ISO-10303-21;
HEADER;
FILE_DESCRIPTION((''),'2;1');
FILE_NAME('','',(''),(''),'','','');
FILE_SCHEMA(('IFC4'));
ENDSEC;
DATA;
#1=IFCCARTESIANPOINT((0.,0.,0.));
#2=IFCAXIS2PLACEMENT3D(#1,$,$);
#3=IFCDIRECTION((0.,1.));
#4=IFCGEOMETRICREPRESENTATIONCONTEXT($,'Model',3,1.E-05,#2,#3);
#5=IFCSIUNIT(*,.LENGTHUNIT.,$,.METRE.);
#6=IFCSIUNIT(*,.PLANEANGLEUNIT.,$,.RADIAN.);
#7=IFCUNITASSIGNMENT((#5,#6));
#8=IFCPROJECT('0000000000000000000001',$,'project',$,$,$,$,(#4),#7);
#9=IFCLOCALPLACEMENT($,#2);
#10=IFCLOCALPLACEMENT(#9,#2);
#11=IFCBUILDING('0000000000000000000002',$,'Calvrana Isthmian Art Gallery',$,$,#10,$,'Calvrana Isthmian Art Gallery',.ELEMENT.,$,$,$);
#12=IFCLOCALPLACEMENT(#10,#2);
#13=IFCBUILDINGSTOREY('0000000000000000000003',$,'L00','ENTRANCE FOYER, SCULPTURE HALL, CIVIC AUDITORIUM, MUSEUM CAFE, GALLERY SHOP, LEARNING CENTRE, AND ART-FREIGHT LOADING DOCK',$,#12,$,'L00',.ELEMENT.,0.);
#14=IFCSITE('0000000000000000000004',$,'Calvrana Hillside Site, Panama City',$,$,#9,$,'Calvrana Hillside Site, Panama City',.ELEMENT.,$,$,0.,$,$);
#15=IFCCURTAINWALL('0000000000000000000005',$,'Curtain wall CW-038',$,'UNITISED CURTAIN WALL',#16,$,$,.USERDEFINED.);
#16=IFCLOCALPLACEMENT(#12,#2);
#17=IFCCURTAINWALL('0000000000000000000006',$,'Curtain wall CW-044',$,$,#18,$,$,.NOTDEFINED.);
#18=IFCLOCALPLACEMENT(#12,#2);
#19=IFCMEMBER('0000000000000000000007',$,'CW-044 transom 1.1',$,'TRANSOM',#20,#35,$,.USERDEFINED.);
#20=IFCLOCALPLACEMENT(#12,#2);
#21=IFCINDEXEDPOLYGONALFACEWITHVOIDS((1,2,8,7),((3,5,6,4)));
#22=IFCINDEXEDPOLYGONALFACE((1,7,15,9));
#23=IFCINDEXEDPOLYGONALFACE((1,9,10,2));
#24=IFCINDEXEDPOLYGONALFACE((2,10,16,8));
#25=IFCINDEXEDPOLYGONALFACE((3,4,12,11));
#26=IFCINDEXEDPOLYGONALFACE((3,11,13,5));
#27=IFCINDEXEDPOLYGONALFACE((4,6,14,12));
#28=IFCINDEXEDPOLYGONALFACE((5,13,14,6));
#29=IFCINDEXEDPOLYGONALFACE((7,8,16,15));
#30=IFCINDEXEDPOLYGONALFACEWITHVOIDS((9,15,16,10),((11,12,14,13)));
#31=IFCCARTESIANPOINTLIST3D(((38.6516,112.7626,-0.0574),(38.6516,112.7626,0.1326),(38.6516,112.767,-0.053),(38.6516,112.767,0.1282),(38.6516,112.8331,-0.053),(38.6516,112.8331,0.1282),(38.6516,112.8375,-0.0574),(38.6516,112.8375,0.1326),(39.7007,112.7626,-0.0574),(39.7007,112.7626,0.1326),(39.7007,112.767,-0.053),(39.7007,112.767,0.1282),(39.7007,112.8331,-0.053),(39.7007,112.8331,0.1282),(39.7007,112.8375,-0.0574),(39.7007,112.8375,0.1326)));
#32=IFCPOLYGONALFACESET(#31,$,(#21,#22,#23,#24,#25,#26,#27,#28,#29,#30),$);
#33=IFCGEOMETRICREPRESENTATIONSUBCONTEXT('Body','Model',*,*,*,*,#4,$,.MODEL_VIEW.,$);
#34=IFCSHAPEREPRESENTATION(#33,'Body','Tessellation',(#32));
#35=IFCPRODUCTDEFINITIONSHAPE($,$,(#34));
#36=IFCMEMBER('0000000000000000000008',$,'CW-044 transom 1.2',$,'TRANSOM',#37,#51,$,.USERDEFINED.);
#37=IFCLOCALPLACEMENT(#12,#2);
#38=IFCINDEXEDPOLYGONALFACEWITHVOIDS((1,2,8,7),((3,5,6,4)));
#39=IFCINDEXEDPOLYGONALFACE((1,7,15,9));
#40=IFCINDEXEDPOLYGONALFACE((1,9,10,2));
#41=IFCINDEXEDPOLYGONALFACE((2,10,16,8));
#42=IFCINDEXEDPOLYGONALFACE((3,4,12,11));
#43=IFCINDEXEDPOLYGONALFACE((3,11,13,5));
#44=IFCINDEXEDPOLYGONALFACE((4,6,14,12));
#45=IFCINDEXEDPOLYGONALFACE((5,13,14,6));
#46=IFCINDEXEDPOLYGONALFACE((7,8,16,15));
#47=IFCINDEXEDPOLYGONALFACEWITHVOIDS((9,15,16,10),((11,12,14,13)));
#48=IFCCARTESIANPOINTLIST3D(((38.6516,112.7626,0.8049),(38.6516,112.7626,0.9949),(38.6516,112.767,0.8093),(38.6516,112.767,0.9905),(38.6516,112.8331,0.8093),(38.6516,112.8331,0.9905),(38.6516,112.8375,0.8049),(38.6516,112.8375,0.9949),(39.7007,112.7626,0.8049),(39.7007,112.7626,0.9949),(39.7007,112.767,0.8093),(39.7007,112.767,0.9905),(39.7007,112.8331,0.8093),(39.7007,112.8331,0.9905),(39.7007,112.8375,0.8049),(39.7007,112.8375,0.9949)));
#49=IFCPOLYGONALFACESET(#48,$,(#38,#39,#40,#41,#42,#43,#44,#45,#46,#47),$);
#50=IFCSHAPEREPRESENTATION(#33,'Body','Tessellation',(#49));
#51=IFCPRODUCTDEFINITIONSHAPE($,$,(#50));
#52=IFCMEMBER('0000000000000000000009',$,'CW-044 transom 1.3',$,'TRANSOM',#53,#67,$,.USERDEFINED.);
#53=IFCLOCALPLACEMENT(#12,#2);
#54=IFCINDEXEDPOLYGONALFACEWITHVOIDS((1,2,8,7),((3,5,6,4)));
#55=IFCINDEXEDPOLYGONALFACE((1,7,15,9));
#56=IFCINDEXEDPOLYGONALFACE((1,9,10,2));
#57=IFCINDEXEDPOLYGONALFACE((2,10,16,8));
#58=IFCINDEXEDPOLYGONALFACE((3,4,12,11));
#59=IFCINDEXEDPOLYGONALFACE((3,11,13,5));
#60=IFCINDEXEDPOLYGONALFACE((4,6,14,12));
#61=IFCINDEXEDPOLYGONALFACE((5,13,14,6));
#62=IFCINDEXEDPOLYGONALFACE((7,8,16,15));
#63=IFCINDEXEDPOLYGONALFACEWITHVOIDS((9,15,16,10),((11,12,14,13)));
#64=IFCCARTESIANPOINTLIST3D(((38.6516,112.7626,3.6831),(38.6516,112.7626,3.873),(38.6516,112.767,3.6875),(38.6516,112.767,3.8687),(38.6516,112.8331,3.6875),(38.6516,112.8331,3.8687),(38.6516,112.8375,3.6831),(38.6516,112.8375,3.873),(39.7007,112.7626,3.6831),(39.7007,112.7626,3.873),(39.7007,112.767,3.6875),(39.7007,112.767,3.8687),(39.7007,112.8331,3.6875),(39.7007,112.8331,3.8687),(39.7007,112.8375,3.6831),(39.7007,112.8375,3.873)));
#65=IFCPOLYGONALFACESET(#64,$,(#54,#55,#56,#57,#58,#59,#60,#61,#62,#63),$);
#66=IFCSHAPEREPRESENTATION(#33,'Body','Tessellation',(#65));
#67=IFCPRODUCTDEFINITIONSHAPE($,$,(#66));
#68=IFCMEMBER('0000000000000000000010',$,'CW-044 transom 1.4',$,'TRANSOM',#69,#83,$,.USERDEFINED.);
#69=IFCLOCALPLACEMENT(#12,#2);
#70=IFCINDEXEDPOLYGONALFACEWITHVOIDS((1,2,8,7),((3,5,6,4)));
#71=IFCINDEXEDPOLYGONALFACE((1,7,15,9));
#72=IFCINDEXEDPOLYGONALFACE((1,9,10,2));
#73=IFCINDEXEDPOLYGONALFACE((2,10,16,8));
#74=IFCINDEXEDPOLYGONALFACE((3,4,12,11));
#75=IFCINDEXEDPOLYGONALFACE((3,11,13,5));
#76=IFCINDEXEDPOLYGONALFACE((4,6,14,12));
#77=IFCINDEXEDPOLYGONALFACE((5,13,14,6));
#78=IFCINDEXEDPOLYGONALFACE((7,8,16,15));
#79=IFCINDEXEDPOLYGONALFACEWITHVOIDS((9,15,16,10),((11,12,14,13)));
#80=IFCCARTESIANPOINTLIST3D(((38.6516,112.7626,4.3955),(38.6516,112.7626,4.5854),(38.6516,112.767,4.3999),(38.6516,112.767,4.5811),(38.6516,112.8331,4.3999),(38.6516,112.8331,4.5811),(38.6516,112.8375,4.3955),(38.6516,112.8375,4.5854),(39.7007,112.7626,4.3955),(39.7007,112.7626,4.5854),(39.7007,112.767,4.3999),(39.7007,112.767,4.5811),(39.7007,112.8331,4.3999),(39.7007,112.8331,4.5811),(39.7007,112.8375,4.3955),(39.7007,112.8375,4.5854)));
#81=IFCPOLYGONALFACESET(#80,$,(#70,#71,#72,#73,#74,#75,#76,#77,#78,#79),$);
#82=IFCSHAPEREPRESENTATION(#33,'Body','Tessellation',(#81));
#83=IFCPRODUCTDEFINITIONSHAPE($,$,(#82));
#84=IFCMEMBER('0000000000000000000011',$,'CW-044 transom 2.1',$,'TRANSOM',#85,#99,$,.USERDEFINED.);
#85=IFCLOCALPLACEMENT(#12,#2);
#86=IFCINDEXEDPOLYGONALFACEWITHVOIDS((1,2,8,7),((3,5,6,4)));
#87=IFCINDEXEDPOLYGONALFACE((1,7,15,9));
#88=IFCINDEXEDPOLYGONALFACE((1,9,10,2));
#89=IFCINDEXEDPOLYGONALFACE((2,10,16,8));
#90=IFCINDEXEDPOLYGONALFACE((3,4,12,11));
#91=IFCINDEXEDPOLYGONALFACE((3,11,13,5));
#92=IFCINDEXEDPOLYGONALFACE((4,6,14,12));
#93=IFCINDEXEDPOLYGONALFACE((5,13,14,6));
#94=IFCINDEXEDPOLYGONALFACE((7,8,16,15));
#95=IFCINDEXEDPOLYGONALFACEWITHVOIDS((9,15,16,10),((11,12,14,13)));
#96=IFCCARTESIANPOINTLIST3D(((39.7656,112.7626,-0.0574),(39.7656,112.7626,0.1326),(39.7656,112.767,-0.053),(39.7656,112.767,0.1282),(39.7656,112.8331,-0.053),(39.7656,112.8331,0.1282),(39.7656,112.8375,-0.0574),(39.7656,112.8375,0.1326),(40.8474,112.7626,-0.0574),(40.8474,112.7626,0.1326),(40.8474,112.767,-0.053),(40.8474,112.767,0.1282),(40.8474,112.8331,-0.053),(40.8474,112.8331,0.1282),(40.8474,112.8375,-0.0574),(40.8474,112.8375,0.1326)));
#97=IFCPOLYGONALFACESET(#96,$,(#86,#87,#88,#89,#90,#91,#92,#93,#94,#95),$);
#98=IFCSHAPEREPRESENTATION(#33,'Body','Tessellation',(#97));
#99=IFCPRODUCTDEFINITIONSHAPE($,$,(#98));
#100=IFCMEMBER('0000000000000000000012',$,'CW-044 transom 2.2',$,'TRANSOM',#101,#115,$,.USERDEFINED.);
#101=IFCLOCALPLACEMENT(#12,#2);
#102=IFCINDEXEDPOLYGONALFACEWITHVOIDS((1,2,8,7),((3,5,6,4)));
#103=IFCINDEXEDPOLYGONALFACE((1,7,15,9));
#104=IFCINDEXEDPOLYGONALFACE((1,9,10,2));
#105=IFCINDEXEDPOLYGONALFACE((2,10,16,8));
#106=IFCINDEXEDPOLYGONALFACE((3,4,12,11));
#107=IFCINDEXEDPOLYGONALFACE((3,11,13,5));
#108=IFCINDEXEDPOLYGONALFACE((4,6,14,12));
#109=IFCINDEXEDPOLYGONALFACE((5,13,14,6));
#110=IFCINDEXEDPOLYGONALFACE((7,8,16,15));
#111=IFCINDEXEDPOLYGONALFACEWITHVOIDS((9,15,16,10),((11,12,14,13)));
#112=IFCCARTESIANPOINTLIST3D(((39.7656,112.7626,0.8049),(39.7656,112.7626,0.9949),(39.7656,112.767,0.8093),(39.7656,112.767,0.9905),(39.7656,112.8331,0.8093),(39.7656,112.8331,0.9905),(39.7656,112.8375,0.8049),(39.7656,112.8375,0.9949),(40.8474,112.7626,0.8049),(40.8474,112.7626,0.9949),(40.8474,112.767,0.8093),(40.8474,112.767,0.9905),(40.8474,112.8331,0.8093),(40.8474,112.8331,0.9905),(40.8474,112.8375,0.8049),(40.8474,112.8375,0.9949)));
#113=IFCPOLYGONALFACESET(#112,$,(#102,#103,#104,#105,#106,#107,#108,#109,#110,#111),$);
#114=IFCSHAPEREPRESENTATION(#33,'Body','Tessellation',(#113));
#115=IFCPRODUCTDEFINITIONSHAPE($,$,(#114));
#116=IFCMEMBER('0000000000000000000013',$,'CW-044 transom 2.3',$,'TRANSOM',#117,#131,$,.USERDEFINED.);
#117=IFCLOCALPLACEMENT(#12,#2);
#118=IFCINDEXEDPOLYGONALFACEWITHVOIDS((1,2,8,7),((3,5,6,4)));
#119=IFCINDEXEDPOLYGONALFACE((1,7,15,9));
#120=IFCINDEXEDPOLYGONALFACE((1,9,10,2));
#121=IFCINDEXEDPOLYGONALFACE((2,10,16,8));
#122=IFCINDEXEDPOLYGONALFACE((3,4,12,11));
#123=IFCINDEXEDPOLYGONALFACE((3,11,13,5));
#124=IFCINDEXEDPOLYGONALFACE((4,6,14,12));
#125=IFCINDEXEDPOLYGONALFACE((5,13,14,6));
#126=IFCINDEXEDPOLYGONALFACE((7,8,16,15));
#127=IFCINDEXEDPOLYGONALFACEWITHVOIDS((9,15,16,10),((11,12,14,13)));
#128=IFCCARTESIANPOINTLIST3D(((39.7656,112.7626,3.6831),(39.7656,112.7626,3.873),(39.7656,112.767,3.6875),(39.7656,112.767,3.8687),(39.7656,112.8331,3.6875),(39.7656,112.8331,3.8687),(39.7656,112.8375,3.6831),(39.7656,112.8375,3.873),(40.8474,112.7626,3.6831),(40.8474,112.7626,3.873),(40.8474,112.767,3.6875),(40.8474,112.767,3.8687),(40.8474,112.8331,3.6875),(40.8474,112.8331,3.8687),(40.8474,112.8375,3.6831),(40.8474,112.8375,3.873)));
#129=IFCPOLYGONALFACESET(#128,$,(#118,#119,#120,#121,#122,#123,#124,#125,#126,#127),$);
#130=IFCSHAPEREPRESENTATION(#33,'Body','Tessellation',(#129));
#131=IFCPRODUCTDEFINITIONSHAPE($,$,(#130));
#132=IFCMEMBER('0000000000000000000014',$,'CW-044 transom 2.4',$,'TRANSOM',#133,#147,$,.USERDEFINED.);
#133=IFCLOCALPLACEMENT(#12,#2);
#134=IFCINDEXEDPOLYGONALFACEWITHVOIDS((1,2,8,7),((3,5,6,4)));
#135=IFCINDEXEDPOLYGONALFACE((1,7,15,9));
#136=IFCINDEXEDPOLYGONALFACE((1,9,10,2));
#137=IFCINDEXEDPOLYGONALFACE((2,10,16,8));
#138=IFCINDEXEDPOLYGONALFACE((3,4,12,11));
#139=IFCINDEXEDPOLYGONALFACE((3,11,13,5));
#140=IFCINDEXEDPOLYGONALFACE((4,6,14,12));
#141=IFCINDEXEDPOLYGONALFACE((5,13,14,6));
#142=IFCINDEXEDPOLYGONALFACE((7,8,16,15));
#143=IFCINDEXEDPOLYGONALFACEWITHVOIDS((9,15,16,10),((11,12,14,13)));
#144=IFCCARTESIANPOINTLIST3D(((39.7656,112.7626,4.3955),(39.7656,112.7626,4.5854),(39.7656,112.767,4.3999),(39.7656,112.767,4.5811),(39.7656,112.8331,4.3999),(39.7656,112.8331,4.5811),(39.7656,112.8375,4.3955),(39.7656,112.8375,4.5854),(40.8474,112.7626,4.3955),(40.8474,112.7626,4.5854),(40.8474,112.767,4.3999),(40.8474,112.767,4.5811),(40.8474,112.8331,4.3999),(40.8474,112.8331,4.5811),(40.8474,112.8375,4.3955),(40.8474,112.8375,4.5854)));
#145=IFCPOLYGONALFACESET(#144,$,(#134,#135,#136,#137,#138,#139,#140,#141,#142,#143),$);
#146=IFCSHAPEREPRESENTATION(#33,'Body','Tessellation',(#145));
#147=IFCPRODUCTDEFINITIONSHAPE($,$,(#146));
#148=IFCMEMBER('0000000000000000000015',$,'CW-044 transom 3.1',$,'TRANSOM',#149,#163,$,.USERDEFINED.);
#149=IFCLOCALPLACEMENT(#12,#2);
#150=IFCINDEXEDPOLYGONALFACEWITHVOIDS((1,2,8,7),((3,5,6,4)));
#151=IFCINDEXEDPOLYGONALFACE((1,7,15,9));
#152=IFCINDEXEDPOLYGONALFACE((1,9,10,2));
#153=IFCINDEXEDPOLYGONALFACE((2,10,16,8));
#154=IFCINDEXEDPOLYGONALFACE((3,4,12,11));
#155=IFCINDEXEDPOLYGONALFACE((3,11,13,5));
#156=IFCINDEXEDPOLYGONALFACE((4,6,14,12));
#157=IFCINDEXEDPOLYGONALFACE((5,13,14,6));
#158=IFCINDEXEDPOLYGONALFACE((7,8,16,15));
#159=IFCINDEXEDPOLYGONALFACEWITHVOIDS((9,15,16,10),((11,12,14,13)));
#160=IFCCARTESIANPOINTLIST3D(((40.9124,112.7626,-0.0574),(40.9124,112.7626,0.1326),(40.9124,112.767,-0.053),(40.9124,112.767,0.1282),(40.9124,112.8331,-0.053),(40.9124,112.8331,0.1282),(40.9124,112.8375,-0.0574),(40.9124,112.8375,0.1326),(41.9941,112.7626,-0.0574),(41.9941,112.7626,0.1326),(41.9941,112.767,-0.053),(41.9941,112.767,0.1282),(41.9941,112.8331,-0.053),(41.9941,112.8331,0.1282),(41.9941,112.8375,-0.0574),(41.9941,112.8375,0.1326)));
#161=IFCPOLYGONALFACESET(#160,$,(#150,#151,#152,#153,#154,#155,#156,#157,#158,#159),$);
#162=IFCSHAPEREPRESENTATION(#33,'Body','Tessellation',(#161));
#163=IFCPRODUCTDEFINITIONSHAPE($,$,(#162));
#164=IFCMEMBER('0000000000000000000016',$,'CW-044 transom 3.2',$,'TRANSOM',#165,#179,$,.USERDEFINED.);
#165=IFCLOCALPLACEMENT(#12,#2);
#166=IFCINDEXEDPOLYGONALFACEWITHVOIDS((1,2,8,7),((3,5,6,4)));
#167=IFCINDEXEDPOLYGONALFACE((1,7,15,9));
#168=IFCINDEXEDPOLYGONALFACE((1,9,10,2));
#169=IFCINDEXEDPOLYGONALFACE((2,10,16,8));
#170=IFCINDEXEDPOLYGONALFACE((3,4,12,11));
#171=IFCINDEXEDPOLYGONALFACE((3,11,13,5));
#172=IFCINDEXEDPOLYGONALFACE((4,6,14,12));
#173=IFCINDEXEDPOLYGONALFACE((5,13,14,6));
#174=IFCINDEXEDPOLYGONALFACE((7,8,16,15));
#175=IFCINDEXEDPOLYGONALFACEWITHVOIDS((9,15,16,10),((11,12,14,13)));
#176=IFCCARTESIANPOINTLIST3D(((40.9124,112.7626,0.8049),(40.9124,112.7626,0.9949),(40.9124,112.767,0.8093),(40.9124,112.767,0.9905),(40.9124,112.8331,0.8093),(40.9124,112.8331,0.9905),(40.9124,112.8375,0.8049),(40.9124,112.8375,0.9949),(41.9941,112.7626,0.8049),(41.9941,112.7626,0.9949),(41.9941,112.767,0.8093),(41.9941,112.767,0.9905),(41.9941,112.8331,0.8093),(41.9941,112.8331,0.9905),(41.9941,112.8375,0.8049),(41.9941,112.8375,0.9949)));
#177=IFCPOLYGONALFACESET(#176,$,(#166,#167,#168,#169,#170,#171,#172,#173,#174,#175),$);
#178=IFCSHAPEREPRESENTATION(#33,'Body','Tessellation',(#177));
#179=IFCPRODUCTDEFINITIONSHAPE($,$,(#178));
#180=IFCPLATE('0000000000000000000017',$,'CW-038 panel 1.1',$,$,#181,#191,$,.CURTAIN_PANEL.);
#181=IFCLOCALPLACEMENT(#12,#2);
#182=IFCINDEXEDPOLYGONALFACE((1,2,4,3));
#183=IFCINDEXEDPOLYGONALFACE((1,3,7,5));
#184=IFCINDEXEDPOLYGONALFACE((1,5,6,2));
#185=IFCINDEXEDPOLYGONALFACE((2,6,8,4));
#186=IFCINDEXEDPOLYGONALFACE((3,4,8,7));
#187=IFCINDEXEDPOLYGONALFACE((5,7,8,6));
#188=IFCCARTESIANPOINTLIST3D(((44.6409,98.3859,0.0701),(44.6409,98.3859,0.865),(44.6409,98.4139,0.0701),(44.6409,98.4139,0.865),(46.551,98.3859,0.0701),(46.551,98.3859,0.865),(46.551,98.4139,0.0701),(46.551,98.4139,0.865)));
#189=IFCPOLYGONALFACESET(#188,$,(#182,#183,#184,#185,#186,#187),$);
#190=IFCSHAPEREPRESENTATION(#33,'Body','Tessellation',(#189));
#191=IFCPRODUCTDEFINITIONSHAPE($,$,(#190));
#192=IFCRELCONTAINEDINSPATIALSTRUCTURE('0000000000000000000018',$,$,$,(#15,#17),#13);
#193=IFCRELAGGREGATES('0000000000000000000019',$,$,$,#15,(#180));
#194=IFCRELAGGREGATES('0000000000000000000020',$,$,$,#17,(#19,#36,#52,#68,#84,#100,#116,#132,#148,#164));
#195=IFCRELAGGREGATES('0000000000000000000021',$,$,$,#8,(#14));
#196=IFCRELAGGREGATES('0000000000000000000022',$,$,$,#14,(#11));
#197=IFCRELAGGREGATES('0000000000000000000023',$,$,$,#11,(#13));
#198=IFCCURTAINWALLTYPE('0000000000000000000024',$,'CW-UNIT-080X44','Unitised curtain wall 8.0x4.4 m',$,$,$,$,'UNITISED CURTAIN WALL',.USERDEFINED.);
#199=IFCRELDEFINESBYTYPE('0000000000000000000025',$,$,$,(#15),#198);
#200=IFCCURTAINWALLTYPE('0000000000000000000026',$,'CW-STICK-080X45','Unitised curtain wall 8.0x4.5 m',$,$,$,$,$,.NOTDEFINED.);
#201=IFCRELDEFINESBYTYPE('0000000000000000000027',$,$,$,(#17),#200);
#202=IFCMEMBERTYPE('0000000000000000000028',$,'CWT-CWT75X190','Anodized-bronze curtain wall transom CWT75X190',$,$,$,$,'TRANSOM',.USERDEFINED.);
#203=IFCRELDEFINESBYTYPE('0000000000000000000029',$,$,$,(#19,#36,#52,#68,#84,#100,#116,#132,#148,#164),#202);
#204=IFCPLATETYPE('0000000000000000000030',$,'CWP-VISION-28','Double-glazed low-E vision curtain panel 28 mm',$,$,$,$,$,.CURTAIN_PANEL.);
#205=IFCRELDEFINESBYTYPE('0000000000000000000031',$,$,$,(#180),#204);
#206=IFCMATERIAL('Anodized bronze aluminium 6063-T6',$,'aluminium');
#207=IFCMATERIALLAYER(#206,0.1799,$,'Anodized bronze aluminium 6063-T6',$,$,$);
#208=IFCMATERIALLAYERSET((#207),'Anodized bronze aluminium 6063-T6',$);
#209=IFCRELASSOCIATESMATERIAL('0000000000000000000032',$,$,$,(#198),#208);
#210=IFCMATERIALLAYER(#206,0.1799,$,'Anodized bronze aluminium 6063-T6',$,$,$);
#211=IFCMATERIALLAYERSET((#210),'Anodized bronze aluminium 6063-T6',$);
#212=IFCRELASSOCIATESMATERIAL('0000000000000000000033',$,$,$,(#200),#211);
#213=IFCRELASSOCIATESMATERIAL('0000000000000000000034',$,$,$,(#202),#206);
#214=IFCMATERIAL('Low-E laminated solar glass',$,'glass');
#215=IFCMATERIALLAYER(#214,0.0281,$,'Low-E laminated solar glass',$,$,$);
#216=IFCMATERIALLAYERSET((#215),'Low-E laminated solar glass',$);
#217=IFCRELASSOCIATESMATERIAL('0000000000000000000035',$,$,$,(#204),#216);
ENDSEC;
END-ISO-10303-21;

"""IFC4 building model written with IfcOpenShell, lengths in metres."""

from ifc_helpers import new_model, si_unit, direction, frame, origin, origin_2d, place, context, subcontext, project, spatial, rectangle, hollow_rectangle, extrude, material, layer, layer_set, material_profile, profile_set, type_object, element, aggregate, save


model = new_model("IFC4")

# Units and contexts
model_context = context("Model", 3, precision=1e-05, world=origin(), true_north=direction((0.0, 1.0)))
body_context = subcontext(model_context, "Body", "Model", "MODEL_VIEW")
ifc_project = project(units=[si_unit("LENGTHUNIT", "METRE"), si_unit("PLANEANGLEUNIT", "RADIAN")], contexts=[model_context])

# Site, building, storey
site_placement = place(None, origin())
site = spatial("IfcSite", under=ifc_project, at=site_placement, Name="Calvrana Hillside Site, Panama City", LongName="Calvrana Hillside Site, Panama City", CompositionType="ELEMENT", RefElevation=0.0)
building_placement = place(site_placement, origin())
building = spatial("IfcBuilding", under=site, at=building_placement, Name="Calvrana Isthmian Art Gallery", LongName="Calvrana Isthmian Art Gallery", CompositionType="ELEMENT")
storey_placement = place(building_placement, origin())
storey = spatial("IfcBuildingStorey", under=building, at=storey_placement, Name="L00", Description="ENTRANCE FOYER, SCULPTURE HALL, CIVIC AUDITORIUM, MUSEUM CAFE, GALLERY SHOP, LEARNING CENTRE, AND ART-FREIGHT LOADING DOCK", LongName="L00", CompositionType="ELEMENT", Elevation=0.0)

# Curtain wall
ifc_material_1 = material(Name="Anodized bronze aluminium 6063-T6", Category="aluminium")
ifc_layer_1 = layer(ifc_material_1, 0.1799, Name="Anodized bronze aluminium 6063-T6")
ifc_layer_set_1 = layer_set([ifc_layer_1], Name="Anodized bronze aluminium 6063-T6")
curtain_wall_type_1 = type_object("IfcCurtainWallType", Name="CW-UNIT-080X44", Description="Unitised curtain wall 8.0x4.4 m", ElementType="UNITISED CURTAIN WALL", PredefinedType="USERDEFINED", material=ifc_layer_set_1)
curtain_wall_1_placement = place(storey_placement, origin())
curtain_wall_1 = element("IfcCurtainWall", 1, at=curtain_wall_1_placement, inside=storey, type_object=curtain_wall_type_1, Name="Curtain wall CW-038", ObjectType="UNITISED CURTAIN WALL", PredefinedType="USERDEFINED")

# Curtain wall
ifc_layer_2 = layer(ifc_material_1, 0.1799, Name="Anodized bronze aluminium 6063-T6")
ifc_layer_set_2 = layer_set([ifc_layer_2], Name="Anodized bronze aluminium 6063-T6")
curtain_wall_type_2 = type_object("IfcCurtainWallType", Name="CW-STICK-080X45", Description="Unitised curtain wall 8.0x4.5 m", PredefinedType="NOTDEFINED", material=ifc_layer_set_2)
curtain_wall_2_placement = place(storey_placement, origin())
curtain_wall_2 = element("IfcCurtainWall", 2, at=curtain_wall_2_placement, inside=storey, type_object=curtain_wall_type_2, Name="Curtain wall CW-044", PredefinedType="NOTDEFINED")

# Members
ifc_material_profile_1 = material_profile(ifc_material_1, hollow_rectangle(XDim=0.075, YDim=0.1899, WallThickness=0.0044, at=origin_2d()), Name="CWT75X190")
ifc_profile_set_1 = profile_set([ifc_material_profile_1], Name="Anodized bronze aluminium 6063-T6")
member_type_1 = type_object("IfcMemberType", Name="CWT-CWT75X190", Description="Anodized-bronze curtain wall transom CWT75X190", ElementType="TRANSOM", PredefinedType="USERDEFINED", material=ifc_profile_set_1)
member_1_placement = place(storey_placement, frame((38.6516, 112.8, 0.0376), z_axis=(1.0, 0.0, 0.0), x_axis=(0.0, 1.0, 0.0)))
member_1 = element("IfcMember", 3, at=member_1_placement, type_object=member_type_1, Name="CW-044 transom 1.1", ObjectType="TRANSOM", PredefinedType="USERDEFINED", context=body_context, shape_type="SweptSolid", body=[
    extrude(hollow_rectangle(XDim=0.075, YDim=0.1899, WallThickness=0.0044, at=origin_2d()), origin(), (0.0, 0.0, 1.0), 1.0491),
])
member_2_placement = place(storey_placement, frame((38.6516, 112.8, 0.8999), z_axis=(1.0, 0.0, 0.0), x_axis=(0.0, 1.0, 0.0)))
member_2 = element("IfcMember", 4, at=member_2_placement, type_object=member_type_1, Name="CW-044 transom 1.2", ObjectType="TRANSOM", PredefinedType="USERDEFINED", context=body_context, shape_type="SweptSolid", body=[
    extrude(hollow_rectangle(XDim=0.075, YDim=0.1899, WallThickness=0.0044, at=origin_2d()), origin(), (0.0, 0.0, 1.0), 1.0491),
])
member_3_placement = place(storey_placement, frame((38.6516, 112.8, 3.7781), z_axis=(1.0, 0.0, 0.0), x_axis=(0.0, 1.0, 0.0)))
member_3 = element("IfcMember", 5, at=member_3_placement, type_object=member_type_1, Name="CW-044 transom 1.3", ObjectType="TRANSOM", PredefinedType="USERDEFINED", context=body_context, shape_type="SweptSolid", body=[
    extrude(hollow_rectangle(XDim=0.075, YDim=0.1899, WallThickness=0.0044, at=origin_2d()), origin(), (0.0, 0.0, 1.0), 1.0491),
])
member_4_placement = place(storey_placement, frame((38.6516, 112.8, 4.4905), z_axis=(1.0, 0.0, 0.0), x_axis=(0.0, 1.0, 0.0)))
member_4 = element("IfcMember", 6, at=member_4_placement, type_object=member_type_1, Name="CW-044 transom 1.4", ObjectType="TRANSOM", PredefinedType="USERDEFINED", context=body_context, shape_type="SweptSolid", body=[
    extrude(hollow_rectangle(XDim=0.075, YDim=0.1899, WallThickness=0.0044, at=origin_2d()), origin(), (0.0, 0.0, 1.0), 1.0491),
])
member_5_placement = place(storey_placement, frame((39.7656, 112.8, 0.0376), z_axis=(1.0, 0.0, 0.0), x_axis=(0.0, 1.0, 0.0)))
member_5 = element("IfcMember", 7, at=member_5_placement, type_object=member_type_1, Name="CW-044 transom 2.1", ObjectType="TRANSOM", PredefinedType="USERDEFINED", context=body_context, shape_type="SweptSolid", body=[
    extrude(hollow_rectangle(XDim=0.075, YDim=0.1899, WallThickness=0.0044, at=origin_2d()), origin(), (0.0, 0.0, 1.0), 1.0818),
])
member_6_placement = place(storey_placement, frame((39.7656, 112.8, 0.8999), z_axis=(1.0, 0.0, 0.0), x_axis=(0.0, 1.0, 0.0)))
member_6 = element("IfcMember", 8, at=member_6_placement, type_object=member_type_1, Name="CW-044 transom 2.2", ObjectType="TRANSOM", PredefinedType="USERDEFINED", context=body_context, shape_type="SweptSolid", body=[
    extrude(hollow_rectangle(XDim=0.075, YDim=0.1899, WallThickness=0.0044, at=origin_2d()), origin(), (0.0, 0.0, 1.0), 1.0818),
])
member_7_placement = place(storey_placement, frame((39.7656, 112.8, 3.7781), z_axis=(1.0, 0.0, 0.0), x_axis=(0.0, 1.0, 0.0)))
member_7 = element("IfcMember", 9, at=member_7_placement, type_object=member_type_1, Name="CW-044 transom 2.3", ObjectType="TRANSOM", PredefinedType="USERDEFINED", context=body_context, shape_type="SweptSolid", body=[
    extrude(hollow_rectangle(XDim=0.075, YDim=0.1899, WallThickness=0.0044, at=origin_2d()), origin(), (0.0, 0.0, 1.0), 1.0818),
])
member_8_placement = place(storey_placement, frame((39.7656, 112.8, 4.4905), z_axis=(1.0, 0.0, 0.0), x_axis=(0.0, 1.0, 0.0)))
member_8 = element("IfcMember", 10, at=member_8_placement, type_object=member_type_1, Name="CW-044 transom 2.4", ObjectType="TRANSOM", PredefinedType="USERDEFINED", context=body_context, shape_type="SweptSolid", body=[
    extrude(hollow_rectangle(XDim=0.075, YDim=0.1899, WallThickness=0.0044, at=origin_2d()), origin(), (0.0, 0.0, 1.0), 1.0818),
])
member_9_placement = place(storey_placement, frame((40.9124, 112.8, 0.0376), z_axis=(1.0, 0.0, 0.0), x_axis=(0.0, 1.0, 0.0)))
member_9 = element("IfcMember", 11, at=member_9_placement, type_object=member_type_1, Name="CW-044 transom 3.1", ObjectType="TRANSOM", PredefinedType="USERDEFINED", context=body_context, shape_type="SweptSolid", body=[
    extrude(hollow_rectangle(XDim=0.075, YDim=0.1899, WallThickness=0.0044, at=origin_2d()), origin(), (0.0, 0.0, 1.0), 1.0818),
])
member_10_placement = place(storey_placement, frame((40.9124, 112.8, 0.8999), z_axis=(1.0, 0.0, 0.0), x_axis=(0.0, 1.0, 0.0)))
member_10 = element("IfcMember", 12, at=member_10_placement, type_object=member_type_1, Name="CW-044 transom 3.2", ObjectType="TRANSOM", PredefinedType="USERDEFINED", context=body_context, shape_type="SweptSolid", body=[
    extrude(hollow_rectangle(XDim=0.075, YDim=0.1899, WallThickness=0.0044, at=origin_2d()), origin(), (0.0, 0.0, 1.0), 1.0818),
])

# Plate
ifc_material_2 = material(Name="Low-E laminated solar glass", Category="glass")
ifc_layer_3 = layer(ifc_material_2, 0.0281, Name="Low-E laminated solar glass")
ifc_layer_set_3 = layer_set([ifc_layer_3], Name="Low-E laminated solar glass")
plate_type_1 = type_object("IfcPlateType", Name="CWP-VISION-28", Description="Double-glazed low-E vision curtain panel 28 mm", PredefinedType="CURTAIN_PANEL", material=ifc_layer_set_3)
plate_1_placement = place(storey_placement, frame((45.5959, 98.3999, 0.0701), z_axis=(0.0, 0.0, 1.0), x_axis=(-1.0, 0.0, 0.0)))
plate_1 = element("IfcPlate", 13, at=plate_1_placement, type_object=plate_type_1, Name="CW-038 panel 1.1", PredefinedType="CURTAIN_PANEL", context=body_context, shape_type="SweptSolid", body=[
    extrude(rectangle(XDim=1.9102, YDim=0.0281, at=origin_2d()), origin(), (0.0, 0.0, 1.0), 0.7949),
])
aggregate(curtain_wall_1, [plate_1])
aggregate(curtain_wall_2, [member_1, member_2, member_3, member_4, member_5, member_6, member_7, member_8, member_9, member_10])

save(model, "model.ifc")
